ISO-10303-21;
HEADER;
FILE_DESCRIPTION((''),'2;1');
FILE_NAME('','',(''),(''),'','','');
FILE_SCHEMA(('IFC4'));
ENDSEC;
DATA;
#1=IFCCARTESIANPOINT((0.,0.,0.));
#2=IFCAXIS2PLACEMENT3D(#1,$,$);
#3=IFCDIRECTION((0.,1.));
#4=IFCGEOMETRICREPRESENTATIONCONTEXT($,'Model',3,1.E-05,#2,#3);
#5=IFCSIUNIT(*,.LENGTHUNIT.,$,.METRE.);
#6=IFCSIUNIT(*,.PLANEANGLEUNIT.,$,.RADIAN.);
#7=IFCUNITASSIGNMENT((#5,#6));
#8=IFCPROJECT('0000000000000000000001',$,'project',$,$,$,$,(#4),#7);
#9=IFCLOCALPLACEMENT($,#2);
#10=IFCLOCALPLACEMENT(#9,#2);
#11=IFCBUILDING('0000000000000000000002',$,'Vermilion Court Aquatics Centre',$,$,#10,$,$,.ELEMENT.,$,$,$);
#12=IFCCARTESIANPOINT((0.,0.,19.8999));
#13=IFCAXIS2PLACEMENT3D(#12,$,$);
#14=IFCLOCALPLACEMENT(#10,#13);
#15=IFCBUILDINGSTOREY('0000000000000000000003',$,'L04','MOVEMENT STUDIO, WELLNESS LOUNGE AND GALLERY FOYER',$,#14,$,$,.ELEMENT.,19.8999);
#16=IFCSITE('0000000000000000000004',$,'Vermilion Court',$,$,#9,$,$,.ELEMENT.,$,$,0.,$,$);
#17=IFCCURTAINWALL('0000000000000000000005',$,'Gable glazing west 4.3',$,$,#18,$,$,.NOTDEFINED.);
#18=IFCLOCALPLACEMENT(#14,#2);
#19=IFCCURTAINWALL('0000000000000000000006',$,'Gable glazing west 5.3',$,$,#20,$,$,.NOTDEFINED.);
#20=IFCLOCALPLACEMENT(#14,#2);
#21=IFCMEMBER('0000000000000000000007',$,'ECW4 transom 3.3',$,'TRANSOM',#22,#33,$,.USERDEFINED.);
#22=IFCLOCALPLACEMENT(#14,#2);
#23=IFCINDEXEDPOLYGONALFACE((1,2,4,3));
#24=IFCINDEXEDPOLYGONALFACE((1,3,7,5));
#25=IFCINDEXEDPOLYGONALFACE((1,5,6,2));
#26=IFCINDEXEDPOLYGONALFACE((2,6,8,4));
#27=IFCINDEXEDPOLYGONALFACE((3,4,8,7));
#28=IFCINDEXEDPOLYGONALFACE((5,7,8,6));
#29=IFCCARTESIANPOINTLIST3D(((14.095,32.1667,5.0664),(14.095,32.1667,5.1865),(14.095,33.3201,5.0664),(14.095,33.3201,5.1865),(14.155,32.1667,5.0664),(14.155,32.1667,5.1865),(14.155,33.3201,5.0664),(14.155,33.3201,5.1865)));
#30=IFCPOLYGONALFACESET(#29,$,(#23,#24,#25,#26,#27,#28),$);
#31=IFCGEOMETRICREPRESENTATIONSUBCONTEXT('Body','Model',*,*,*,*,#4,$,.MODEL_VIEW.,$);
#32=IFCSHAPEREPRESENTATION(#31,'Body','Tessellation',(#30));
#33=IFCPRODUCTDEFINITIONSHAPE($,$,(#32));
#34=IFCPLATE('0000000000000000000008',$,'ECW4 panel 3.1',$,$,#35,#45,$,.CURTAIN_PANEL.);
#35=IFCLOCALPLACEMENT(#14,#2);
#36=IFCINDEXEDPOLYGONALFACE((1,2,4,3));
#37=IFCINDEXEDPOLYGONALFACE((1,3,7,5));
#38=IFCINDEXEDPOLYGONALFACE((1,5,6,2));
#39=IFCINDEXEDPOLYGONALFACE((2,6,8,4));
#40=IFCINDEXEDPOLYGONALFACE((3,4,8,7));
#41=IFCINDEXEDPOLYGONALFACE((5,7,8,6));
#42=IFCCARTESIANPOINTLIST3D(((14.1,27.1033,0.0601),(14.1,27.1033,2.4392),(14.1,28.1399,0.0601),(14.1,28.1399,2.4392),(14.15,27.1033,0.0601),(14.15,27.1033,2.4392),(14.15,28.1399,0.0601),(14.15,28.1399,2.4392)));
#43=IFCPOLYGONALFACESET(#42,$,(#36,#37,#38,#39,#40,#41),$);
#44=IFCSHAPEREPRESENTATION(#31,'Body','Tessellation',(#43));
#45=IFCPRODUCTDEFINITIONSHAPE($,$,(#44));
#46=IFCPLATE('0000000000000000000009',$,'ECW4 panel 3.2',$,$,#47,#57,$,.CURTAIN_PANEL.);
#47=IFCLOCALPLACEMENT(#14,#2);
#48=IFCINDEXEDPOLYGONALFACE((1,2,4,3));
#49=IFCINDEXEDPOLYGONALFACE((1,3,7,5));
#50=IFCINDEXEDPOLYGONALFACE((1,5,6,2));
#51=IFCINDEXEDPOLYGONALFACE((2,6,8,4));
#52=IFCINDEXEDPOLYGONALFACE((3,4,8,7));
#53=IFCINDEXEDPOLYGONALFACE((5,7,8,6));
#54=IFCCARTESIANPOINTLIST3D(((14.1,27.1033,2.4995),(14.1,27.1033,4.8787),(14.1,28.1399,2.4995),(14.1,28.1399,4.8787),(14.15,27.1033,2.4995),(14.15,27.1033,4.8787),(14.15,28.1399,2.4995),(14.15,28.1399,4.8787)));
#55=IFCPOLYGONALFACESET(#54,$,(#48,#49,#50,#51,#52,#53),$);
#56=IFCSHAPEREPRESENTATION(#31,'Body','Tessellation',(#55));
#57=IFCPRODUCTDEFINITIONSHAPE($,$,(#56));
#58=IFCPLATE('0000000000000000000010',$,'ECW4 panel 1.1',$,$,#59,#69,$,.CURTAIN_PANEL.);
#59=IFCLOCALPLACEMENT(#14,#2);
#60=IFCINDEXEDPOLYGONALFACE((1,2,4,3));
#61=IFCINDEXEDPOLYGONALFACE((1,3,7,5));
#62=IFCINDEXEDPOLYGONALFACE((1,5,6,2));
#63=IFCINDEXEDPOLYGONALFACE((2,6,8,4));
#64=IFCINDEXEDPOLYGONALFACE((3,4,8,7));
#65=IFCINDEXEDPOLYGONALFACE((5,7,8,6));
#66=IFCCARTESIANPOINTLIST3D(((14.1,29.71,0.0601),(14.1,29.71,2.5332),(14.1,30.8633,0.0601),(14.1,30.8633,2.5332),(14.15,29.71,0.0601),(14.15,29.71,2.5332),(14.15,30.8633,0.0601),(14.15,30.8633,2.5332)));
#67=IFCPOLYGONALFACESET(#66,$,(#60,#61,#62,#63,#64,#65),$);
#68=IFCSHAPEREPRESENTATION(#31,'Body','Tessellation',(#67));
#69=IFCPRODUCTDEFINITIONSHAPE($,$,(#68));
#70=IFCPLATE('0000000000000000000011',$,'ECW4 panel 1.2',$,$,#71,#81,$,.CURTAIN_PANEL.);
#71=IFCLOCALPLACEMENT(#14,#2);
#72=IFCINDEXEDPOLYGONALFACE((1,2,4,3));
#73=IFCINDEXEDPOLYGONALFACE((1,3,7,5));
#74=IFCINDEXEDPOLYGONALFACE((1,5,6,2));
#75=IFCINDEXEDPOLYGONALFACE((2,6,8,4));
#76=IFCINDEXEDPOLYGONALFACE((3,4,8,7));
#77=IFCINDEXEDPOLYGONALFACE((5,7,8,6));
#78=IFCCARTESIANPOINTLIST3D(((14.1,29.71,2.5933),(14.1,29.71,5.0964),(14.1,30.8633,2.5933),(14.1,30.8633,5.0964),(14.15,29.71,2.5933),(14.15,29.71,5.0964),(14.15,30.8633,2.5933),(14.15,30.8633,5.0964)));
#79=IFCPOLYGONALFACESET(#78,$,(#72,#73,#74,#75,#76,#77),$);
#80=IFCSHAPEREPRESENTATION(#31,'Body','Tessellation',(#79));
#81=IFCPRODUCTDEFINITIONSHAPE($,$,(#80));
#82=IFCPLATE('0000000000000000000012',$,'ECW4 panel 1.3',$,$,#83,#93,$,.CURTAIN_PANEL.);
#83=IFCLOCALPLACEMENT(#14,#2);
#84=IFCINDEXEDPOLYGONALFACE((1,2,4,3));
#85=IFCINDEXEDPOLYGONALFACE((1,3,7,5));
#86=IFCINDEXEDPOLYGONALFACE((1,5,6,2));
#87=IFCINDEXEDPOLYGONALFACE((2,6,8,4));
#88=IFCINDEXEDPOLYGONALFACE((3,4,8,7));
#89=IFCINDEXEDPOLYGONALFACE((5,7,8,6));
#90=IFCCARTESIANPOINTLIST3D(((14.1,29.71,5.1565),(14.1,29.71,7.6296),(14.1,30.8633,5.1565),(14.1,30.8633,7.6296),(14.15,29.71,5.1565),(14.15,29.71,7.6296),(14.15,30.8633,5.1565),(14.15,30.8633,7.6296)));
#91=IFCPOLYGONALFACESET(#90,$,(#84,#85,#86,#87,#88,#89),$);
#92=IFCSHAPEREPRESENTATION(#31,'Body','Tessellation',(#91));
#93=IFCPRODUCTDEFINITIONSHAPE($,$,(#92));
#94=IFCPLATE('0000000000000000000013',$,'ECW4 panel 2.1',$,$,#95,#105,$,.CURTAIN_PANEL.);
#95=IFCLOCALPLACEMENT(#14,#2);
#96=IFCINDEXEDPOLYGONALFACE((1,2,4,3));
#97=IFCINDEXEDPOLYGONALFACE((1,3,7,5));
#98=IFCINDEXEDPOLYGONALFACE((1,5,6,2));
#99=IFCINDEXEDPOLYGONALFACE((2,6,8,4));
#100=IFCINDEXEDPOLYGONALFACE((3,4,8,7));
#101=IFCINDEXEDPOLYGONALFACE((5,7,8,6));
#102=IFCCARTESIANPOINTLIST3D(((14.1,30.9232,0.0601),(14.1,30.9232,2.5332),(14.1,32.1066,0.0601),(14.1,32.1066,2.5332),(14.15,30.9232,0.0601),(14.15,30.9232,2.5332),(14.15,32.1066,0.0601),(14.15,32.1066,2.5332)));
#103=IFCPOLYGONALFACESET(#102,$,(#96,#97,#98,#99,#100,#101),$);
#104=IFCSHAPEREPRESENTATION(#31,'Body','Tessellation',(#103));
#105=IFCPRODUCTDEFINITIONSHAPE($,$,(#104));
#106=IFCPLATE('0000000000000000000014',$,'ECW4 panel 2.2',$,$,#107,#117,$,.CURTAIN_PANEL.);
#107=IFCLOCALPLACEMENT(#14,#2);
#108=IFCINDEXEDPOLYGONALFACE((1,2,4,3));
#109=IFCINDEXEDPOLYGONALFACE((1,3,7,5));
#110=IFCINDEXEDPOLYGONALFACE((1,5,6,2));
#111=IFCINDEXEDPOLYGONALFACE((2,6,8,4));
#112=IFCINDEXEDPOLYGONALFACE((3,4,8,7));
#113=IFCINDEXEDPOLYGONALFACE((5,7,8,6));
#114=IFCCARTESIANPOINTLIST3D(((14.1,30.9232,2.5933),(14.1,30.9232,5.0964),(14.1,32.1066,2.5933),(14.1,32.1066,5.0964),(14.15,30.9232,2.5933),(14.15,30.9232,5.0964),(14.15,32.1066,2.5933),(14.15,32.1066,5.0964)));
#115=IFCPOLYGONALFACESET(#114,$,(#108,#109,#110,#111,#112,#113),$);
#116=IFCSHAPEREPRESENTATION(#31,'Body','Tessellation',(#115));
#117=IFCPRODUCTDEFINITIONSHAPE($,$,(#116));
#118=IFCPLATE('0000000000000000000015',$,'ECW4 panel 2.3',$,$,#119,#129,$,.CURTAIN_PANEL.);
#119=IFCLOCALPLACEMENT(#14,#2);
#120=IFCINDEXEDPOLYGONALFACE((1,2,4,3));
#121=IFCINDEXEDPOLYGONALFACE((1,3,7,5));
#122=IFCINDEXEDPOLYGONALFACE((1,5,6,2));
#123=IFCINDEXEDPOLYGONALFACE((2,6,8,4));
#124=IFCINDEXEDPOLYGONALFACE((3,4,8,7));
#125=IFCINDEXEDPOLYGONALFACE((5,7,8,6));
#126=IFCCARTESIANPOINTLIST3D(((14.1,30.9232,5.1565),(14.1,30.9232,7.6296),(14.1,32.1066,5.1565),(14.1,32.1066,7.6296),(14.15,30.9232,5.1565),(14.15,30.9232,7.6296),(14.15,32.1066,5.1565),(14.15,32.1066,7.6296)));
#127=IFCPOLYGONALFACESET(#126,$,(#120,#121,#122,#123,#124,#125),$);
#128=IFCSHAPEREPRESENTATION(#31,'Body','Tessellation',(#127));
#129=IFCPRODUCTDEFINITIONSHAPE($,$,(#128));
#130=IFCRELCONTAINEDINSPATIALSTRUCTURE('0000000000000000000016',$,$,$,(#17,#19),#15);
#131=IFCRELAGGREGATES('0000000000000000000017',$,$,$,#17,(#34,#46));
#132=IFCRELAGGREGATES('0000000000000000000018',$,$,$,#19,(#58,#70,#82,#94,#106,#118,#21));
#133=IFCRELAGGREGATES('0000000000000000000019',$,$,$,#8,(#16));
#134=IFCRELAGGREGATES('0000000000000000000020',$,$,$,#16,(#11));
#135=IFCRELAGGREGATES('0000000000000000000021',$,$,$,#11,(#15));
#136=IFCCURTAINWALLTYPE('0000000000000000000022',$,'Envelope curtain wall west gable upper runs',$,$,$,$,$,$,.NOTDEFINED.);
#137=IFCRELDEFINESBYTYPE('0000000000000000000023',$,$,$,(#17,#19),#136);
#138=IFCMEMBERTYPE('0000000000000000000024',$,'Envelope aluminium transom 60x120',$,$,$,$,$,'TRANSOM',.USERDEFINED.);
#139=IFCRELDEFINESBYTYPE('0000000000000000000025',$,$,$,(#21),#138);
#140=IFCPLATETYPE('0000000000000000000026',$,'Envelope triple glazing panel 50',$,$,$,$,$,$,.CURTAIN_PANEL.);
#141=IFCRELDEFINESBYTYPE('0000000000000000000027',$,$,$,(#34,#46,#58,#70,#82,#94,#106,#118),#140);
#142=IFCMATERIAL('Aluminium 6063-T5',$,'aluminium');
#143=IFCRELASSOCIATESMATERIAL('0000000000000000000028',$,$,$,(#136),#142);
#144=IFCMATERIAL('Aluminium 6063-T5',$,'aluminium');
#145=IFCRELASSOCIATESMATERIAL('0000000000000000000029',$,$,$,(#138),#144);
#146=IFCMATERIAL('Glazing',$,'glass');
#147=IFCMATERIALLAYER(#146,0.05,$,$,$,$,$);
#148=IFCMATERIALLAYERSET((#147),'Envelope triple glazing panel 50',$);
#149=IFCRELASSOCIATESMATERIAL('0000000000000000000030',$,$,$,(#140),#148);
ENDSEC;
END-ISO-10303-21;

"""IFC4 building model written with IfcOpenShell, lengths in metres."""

from ifc_helpers import new_model, si_unit, direction, frame, origin, origin_2d, place, context, subcontext, project, spatial, rectangle, extrude, material, layer, layer_set, material_profile, profile_set, type_object, element, aggregate, save


model = new_model("IFC4")

# Units and contexts
model_context = context("Model", 3, precision=1e-05, world=origin(), true_north=direction((0.0, 1.0)))
body_context = subcontext(model_context, "Body", "Model", "MODEL_VIEW")
ifc_project = project(units=[si_unit("LENGTHUNIT", "METRE"), si_unit("PLANEANGLEUNIT", "RADIAN")], contexts=[model_context])

# Site, building, storey
site_placement = place(None, origin())
site = spatial("IfcSite", under=ifc_project, at=site_placement, Name="Vermilion Court", CompositionType="ELEMENT", RefElevation=0.0)
building_placement = place(site_placement, origin())
building = spatial("IfcBuilding", under=site, at=building_placement, Name="Vermilion Court Aquatics Centre", CompositionType="ELEMENT")
storey_placement = place(building_placement, frame((0.0, 0.0, 19.8999)))
storey = spatial("IfcBuildingStorey", under=building, at=storey_placement, Name="L04", Description="MOVEMENT STUDIO, WELLNESS LOUNGE AND GALLERY FOYER", CompositionType="ELEMENT", Elevation=19.8999)

# Curtain wall
ifc_material_1 = material(Name="Aluminium 6063-T5", Category="aluminium")
curtain_wall_type = type_object("IfcCurtainWallType", Name="Envelope curtain wall west gable upper runs", PredefinedType="NOTDEFINED", material=ifc_material_1)
curtain_wall_1_placement = place(storey_placement, origin())
curtain_wall_1 = element("IfcCurtainWall", 1, at=curtain_wall_1_placement, inside=storey, type_object=curtain_wall_type, Name="Gable glazing west 4.3", PredefinedType="NOTDEFINED")

# Curtain wall
curtain_wall_2_placement = place(storey_placement, origin())
curtain_wall_2 = element("IfcCurtainWall", 2, at=curtain_wall_2_placement, inside=storey, type_object=curtain_wall_type, Name="Gable glazing west 5.3", PredefinedType="NOTDEFINED")

# Member
ifc_material_2 = material(Name="Aluminium 6063-T5", Category="aluminium")
ifc_material_profile_1 = material_profile(ifc_material_2, rectangle(XDim=0.0601, YDim=0.1201, at=origin_2d()), Name="AL 60x120")
ifc_profile_set_1 = profile_set([ifc_material_profile_1], Name="Aluminium 6063-T5")
member_type_1 = type_object("IfcMemberType", Name="Envelope aluminium transom 60x120", ElementType="TRANSOM", PredefinedType="USERDEFINED", material=ifc_profile_set_1)
member_1_placement = place(storey_placement, frame((14.125, 32.1667, 5.1265), z_axis=(0.0, 1.0, 0.0), x_axis=(-1.0, 0.0, 0.0)))
member_1 = element("IfcMember", 3, at=member_1_placement, type_object=member_type_1, Name="ECW4 transom 3.3", ObjectType="TRANSOM", PredefinedType="USERDEFINED", context=body_context, shape_type="SweptSolid", body=[
    extrude(rectangle(XDim=0.0601, YDim=0.1201, at=origin_2d()), origin(), (0.0, 0.0, 1.0), 1.1533),
])

# Plates
ifc_material_3 = material(Name="Glazing", Category="glass")
ifc_layer = layer(ifc_material_3, 0.05)
ifc_layer_set = layer_set([ifc_layer], Name="Envelope triple glazing panel 50")
plate_type = type_object("IfcPlateType", Name="Envelope triple glazing panel 50", PredefinedType="CURTAIN_PANEL", material=ifc_layer_set)
plate_1_placement = place(storey_placement, frame((14.125, 27.6216, 0.0601), z_axis=(0.0, 0.0, 1.0), x_axis=(0.0, 1.0, 0.0)))
plate_1 = element("IfcPlate", 4, at=plate_1_placement, type_object=plate_type, Name="ECW4 panel 3.1", PredefinedType="CURTAIN_PANEL", context=body_context, shape_type="SweptSolid", body=[
    extrude(rectangle(XDim=1.0366, YDim=0.05, at=origin_2d()), origin(), (0.0, 0.0, 1.0), 2.3792),
])
plate_2_placement = place(storey_placement, frame((14.125, 27.6216, 2.4995), z_axis=(0.0, 0.0, 1.0), x_axis=(0.0, 1.0, 0.0)))
plate_2 = element("IfcPlate", 5, at=plate_2_placement, type_object=plate_type, Name="ECW4 panel 3.2", PredefinedType="CURTAIN_PANEL", context=body_context, shape_type="SweptSolid", body=[
    extrude(rectangle(XDim=1.0366, YDim=0.05, at=origin_2d()), origin(), (0.0, 0.0, 1.0), 2.3792),
])
aggregate(curtain_wall_1, [plate_1, plate_2])
plate_3_placement = place(storey_placement, frame((14.125, 30.2866, 0.0601), z_axis=(0.0, 0.0, 1.0), x_axis=(0.0, 1.0, 0.0)))
plate_3 = element("IfcPlate", 6, at=plate_3_placement, type_object=plate_type, Name="ECW4 panel 1.1", PredefinedType="CURTAIN_PANEL", context=body_context, shape_type="SweptSolid", body=[
    extrude(rectangle(XDim=1.1533, YDim=0.05, at=origin_2d()), origin(), (0.0, 0.0, 1.0), 2.4731),
])
plate_4_placement = place(storey_placement, frame((14.125, 30.2866, 2.5933), z_axis=(0.0, 0.0, 1.0), x_axis=(0.0, 1.0, 0.0)))
plate_4 = element("IfcPlate", 7, at=plate_4_placement, type_object=plate_type, Name="ECW4 panel 1.2", PredefinedType="CURTAIN_PANEL", context=body_context, shape_type="SweptSolid", body=[
    extrude(rectangle(XDim=1.1533, YDim=0.05, at=origin_2d()), origin(), (0.0, 0.0, 1.0), 2.5032),
])
plate_5_placement = place(storey_placement, frame((14.125, 30.2866, 5.1565), z_axis=(0.0, 0.0, 1.0), x_axis=(0.0, 1.0, 0.0)))
plate_5 = element("IfcPlate", 8, at=plate_5_placement, type_object=plate_type, Name="ECW4 panel 1.3", PredefinedType="CURTAIN_PANEL", context=body_context, shape_type="SweptSolid", body=[
    extrude(rectangle(XDim=1.1533, YDim=0.05, at=origin_2d()), origin(), (0.0, 0.0, 1.0), 2.4731),
])
plate_6_placement = place(storey_placement, frame((14.125, 31.5149, 0.0601), z_axis=(0.0, 0.0, 1.0), x_axis=(0.0, 1.0, 0.0)))
plate_6 = element("IfcPlate", 9, at=plate_6_placement, type_object=plate_type, Name="ECW4 panel 2.1", PredefinedType="CURTAIN_PANEL", context=body_context, shape_type="SweptSolid", body=[
    extrude(rectangle(XDim=1.1833, YDim=0.05, at=origin_2d()), origin(), (0.0, 0.0, 1.0), 2.4731),
])
plate_7_placement = place(storey_placement, frame((14.125, 31.5149, 2.5933), z_axis=(0.0, 0.0, 1.0), x_axis=(0.0, 1.0, 0.0)))
plate_7 = element("IfcPlate", 10, at=plate_7_placement, type_object=plate_type, Name="ECW4 panel 2.2", PredefinedType="CURTAIN_PANEL", context=body_context, shape_type="SweptSolid", body=[
    extrude(rectangle(XDim=1.1833, YDim=0.05, at=origin_2d()), origin(), (0.0, 0.0, 1.0), 2.5032),
])
plate_8_placement = place(storey_placement, frame((14.125, 31.5149, 5.1565), z_axis=(0.0, 0.0, 1.0), x_axis=(0.0, 1.0, 0.0)))
plate_8 = element("IfcPlate", 11, at=plate_8_placement, type_object=plate_type, Name="ECW4 panel 2.3", PredefinedType="CURTAIN_PANEL", context=body_context, shape_type="SweptSolid", body=[
    extrude(rectangle(XDim=1.1833, YDim=0.05, at=origin_2d()), origin(), (0.0, 0.0, 1.0), 2.4731),
])
aggregate(curtain_wall_2, [plate_3, plate_4, plate_5, plate_6, plate_7, plate_8, member_1])

save(model, "model.ifc")
